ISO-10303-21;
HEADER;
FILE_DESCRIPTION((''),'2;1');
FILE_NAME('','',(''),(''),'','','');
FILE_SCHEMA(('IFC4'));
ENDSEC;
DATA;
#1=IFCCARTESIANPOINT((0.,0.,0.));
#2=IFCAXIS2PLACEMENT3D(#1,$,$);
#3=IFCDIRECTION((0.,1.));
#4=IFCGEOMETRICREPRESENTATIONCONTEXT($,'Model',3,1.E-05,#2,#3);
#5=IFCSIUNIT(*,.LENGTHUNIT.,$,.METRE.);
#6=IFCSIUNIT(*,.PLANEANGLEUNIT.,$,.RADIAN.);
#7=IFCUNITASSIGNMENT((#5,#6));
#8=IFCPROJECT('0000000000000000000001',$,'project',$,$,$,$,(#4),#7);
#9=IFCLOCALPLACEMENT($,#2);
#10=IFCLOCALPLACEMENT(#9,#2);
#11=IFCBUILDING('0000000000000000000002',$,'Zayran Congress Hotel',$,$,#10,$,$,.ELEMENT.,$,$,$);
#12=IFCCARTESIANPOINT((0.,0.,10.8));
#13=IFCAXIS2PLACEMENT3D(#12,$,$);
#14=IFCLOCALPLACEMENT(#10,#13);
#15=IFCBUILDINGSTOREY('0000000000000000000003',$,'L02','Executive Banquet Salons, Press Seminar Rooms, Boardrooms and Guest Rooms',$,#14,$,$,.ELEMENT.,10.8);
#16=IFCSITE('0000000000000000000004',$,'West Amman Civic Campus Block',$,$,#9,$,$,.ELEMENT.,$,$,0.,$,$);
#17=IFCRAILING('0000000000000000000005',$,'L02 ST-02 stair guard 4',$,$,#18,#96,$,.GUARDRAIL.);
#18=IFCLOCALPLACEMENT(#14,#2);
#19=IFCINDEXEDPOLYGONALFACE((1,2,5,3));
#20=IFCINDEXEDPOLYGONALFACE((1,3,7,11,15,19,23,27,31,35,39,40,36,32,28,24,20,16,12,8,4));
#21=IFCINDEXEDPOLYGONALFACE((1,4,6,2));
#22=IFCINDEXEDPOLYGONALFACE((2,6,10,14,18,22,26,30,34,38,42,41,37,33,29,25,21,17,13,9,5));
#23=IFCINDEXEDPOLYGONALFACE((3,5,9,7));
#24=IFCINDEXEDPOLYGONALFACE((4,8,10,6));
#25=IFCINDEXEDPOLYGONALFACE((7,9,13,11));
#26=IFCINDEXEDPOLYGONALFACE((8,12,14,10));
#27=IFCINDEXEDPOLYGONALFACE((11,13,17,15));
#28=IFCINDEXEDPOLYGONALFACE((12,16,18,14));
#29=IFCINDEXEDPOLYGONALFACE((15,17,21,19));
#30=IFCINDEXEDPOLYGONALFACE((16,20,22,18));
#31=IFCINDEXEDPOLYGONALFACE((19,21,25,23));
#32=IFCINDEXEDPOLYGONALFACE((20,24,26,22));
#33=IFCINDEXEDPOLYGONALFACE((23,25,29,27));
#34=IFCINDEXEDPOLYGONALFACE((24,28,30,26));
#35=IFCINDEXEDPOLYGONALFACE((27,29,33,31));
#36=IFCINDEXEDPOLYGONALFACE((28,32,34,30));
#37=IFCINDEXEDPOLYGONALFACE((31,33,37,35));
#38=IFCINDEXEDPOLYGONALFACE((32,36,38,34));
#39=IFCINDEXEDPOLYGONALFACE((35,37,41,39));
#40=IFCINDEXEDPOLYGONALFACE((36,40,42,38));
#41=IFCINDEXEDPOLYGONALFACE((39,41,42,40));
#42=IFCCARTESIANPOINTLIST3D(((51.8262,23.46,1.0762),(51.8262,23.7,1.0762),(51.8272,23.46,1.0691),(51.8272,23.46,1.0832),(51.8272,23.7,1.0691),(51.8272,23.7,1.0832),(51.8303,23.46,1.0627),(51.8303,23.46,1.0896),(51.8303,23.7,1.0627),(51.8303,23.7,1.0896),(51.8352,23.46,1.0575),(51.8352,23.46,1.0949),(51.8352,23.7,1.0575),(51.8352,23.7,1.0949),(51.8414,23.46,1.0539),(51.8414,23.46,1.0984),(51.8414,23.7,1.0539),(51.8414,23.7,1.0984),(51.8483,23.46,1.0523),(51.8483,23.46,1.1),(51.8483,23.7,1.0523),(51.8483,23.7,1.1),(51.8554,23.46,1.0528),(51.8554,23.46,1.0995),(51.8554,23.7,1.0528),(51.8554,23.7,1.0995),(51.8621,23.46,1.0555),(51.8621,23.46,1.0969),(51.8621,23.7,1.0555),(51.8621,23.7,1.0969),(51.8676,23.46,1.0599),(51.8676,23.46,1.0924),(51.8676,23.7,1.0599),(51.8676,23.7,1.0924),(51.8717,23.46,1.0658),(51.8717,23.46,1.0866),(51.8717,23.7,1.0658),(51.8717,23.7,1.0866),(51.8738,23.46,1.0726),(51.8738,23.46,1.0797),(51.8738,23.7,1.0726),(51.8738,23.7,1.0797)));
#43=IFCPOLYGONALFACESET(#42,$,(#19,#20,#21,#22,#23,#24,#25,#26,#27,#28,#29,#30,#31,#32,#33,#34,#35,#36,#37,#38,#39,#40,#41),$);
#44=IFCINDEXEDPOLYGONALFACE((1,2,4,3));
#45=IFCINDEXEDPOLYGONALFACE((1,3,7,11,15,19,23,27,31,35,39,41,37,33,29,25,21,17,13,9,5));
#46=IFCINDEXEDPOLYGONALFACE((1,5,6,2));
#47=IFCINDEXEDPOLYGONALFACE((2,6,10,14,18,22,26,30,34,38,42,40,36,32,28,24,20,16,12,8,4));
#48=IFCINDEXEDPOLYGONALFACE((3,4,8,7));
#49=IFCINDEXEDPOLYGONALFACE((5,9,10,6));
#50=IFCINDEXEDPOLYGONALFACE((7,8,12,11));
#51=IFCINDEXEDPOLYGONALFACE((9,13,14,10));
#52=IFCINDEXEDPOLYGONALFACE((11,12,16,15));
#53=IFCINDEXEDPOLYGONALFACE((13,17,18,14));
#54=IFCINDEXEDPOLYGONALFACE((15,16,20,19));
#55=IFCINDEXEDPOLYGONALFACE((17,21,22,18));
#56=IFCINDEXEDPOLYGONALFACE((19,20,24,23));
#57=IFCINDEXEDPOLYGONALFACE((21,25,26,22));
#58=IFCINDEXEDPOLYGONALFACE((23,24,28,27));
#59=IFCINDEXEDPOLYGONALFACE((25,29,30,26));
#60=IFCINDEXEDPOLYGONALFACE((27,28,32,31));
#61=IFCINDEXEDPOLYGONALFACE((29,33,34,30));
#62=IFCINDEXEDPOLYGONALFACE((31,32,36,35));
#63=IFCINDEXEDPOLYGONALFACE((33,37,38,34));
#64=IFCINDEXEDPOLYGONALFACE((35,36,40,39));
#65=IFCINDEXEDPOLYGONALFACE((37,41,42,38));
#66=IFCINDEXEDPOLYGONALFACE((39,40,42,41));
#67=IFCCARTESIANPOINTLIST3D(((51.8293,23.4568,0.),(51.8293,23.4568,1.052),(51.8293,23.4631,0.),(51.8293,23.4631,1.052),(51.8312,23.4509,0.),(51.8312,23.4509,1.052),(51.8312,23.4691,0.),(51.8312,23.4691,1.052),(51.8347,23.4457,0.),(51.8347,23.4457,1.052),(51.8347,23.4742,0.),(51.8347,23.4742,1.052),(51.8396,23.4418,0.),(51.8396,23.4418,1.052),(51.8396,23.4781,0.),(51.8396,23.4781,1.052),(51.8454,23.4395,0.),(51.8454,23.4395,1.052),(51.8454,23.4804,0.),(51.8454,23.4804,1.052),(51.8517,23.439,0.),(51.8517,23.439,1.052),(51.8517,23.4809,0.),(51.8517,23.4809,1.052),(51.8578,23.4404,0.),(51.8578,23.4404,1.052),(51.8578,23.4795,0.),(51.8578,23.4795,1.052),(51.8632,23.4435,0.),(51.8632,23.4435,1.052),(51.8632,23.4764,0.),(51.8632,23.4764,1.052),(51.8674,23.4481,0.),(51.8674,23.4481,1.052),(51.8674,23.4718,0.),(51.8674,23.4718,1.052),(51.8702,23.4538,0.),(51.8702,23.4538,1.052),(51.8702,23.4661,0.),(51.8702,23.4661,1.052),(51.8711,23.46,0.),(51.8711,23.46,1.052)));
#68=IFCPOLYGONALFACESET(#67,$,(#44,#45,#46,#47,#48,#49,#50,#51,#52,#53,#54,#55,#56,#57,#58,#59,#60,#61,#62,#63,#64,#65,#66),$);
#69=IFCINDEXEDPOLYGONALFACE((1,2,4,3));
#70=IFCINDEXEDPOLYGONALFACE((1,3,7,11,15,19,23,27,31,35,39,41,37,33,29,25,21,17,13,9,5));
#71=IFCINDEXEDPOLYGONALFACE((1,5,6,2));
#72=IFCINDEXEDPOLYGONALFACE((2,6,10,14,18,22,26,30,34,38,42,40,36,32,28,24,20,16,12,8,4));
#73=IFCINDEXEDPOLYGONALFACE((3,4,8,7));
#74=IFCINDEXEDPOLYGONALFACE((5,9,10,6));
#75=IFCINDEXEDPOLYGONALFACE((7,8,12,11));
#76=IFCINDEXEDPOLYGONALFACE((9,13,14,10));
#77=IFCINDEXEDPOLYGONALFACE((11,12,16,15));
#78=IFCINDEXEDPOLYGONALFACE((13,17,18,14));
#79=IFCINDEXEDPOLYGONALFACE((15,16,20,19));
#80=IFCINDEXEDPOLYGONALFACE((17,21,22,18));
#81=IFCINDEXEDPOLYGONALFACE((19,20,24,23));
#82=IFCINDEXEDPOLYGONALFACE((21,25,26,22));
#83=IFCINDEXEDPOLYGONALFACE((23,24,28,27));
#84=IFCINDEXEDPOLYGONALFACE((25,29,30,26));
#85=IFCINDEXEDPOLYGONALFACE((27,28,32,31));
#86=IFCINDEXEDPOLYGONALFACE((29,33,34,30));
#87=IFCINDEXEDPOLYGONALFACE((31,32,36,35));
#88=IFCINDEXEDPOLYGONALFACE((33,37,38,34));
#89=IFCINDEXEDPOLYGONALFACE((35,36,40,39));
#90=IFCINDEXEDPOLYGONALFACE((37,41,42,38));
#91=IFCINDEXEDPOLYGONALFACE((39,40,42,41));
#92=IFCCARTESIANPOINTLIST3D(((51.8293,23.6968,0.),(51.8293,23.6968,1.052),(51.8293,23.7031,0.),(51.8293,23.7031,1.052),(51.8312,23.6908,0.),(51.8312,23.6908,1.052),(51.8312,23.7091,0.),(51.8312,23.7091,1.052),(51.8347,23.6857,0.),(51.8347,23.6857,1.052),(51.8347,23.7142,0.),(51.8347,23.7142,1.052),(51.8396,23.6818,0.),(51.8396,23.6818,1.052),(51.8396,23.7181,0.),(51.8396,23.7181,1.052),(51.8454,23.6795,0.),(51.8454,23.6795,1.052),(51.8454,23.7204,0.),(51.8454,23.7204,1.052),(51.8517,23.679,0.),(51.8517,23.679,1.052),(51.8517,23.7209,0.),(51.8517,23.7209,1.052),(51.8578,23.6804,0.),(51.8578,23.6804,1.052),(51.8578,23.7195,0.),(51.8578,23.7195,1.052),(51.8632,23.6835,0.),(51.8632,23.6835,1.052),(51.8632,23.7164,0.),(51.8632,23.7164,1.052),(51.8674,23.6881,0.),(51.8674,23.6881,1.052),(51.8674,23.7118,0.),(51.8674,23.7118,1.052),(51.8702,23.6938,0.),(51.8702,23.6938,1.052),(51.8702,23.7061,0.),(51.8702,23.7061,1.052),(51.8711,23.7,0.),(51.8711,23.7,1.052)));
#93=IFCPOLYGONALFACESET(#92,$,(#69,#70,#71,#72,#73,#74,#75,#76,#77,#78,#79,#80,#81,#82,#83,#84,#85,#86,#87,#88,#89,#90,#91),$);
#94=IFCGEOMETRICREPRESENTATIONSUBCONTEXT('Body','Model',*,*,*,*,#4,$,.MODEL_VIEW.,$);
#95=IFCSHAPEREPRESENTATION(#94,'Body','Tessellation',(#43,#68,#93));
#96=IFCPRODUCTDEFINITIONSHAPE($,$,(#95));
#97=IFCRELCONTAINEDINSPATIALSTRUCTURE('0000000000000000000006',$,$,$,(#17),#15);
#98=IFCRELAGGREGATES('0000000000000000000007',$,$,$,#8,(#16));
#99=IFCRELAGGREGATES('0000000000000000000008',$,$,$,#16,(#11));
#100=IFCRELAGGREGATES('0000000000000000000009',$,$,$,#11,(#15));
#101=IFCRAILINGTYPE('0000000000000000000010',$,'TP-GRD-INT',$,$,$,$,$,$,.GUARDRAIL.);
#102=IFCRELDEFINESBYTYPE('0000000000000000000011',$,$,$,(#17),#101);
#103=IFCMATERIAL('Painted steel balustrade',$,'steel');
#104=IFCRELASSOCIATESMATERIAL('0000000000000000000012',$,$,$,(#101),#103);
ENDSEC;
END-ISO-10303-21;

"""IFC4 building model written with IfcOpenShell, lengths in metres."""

from ifc_helpers import new_model, si_unit, direction, frame, origin, origin_2d, place, context, subcontext, project, spatial, circle, extrude, material, type_object, element, save


model = new_model("IFC4")

# Units and contexts
model_context = context("Model", 3, precision=1e-05, world=origin(), true_north=direction((0.0, 1.0)))
body_context = subcontext(model_context, "Body", "Model", "MODEL_VIEW")
ifc_project = project(units=[si_unit("LENGTHUNIT", "METRE"), si_unit("PLANEANGLEUNIT", "RADIAN")], contexts=[model_context])

# Site, building, storey
site_placement = place(None, origin())
site = spatial("IfcSite", under=ifc_project, at=site_placement, Name="West Amman Civic Campus Block", CompositionType="ELEMENT", RefElevation=0.0)
building_placement = place(site_placement, origin())
building = spatial("IfcBuilding", under=site, at=building_placement, Name="Zayran Congress Hotel", CompositionType="ELEMENT")
storey_placement = place(building_placement, frame((0.0, 0.0, 10.8)))
storey = spatial("IfcBuildingStorey", under=building, at=storey_placement, Name="L02", Description="Executive Banquet Salons, Press Seminar Rooms, Boardrooms and Guest Rooms", CompositionType="ELEMENT", Elevation=10.8)

# Railing
ifc_material_1 = material(Name="Painted steel balustrade", Category="steel")
railing_type_1 = type_object("IfcRailingType", Name="TP-GRD-INT", PredefinedType="GUARDRAIL", material=ifc_material_1)
railing_1_placement = place(storey_placement, frame((51.8501, 23.46, 0.0)))
element("IfcRailing", 1, at=railing_1_placement, inside=storey, type_object=railing_type_1, Name="L02 ST-02 stair guard 4", PredefinedType="GUARDRAIL", context=body_context, shape_type="SweptSolid", body=[
    extrude(circle(Radius=0.0239, at=origin_2d()), frame((0.0, 0.0, 1.0762), z_axis=(0.0, 1.0, 0.0), x_axis=(-1.0, 0.0, 0.0)), (0.0, 0.0, 1.0), 0.24),
    extrude(circle(Radius=0.021, at=origin_2d()), origin(), (0.0, 0.0, 1.0), 1.052),
    extrude(circle(Radius=0.021, at=origin_2d()), frame((0.0, 0.24, 0.0)), (0.0, 0.0, 1.0), 1.052),
])

save(model, "model.ifc")
